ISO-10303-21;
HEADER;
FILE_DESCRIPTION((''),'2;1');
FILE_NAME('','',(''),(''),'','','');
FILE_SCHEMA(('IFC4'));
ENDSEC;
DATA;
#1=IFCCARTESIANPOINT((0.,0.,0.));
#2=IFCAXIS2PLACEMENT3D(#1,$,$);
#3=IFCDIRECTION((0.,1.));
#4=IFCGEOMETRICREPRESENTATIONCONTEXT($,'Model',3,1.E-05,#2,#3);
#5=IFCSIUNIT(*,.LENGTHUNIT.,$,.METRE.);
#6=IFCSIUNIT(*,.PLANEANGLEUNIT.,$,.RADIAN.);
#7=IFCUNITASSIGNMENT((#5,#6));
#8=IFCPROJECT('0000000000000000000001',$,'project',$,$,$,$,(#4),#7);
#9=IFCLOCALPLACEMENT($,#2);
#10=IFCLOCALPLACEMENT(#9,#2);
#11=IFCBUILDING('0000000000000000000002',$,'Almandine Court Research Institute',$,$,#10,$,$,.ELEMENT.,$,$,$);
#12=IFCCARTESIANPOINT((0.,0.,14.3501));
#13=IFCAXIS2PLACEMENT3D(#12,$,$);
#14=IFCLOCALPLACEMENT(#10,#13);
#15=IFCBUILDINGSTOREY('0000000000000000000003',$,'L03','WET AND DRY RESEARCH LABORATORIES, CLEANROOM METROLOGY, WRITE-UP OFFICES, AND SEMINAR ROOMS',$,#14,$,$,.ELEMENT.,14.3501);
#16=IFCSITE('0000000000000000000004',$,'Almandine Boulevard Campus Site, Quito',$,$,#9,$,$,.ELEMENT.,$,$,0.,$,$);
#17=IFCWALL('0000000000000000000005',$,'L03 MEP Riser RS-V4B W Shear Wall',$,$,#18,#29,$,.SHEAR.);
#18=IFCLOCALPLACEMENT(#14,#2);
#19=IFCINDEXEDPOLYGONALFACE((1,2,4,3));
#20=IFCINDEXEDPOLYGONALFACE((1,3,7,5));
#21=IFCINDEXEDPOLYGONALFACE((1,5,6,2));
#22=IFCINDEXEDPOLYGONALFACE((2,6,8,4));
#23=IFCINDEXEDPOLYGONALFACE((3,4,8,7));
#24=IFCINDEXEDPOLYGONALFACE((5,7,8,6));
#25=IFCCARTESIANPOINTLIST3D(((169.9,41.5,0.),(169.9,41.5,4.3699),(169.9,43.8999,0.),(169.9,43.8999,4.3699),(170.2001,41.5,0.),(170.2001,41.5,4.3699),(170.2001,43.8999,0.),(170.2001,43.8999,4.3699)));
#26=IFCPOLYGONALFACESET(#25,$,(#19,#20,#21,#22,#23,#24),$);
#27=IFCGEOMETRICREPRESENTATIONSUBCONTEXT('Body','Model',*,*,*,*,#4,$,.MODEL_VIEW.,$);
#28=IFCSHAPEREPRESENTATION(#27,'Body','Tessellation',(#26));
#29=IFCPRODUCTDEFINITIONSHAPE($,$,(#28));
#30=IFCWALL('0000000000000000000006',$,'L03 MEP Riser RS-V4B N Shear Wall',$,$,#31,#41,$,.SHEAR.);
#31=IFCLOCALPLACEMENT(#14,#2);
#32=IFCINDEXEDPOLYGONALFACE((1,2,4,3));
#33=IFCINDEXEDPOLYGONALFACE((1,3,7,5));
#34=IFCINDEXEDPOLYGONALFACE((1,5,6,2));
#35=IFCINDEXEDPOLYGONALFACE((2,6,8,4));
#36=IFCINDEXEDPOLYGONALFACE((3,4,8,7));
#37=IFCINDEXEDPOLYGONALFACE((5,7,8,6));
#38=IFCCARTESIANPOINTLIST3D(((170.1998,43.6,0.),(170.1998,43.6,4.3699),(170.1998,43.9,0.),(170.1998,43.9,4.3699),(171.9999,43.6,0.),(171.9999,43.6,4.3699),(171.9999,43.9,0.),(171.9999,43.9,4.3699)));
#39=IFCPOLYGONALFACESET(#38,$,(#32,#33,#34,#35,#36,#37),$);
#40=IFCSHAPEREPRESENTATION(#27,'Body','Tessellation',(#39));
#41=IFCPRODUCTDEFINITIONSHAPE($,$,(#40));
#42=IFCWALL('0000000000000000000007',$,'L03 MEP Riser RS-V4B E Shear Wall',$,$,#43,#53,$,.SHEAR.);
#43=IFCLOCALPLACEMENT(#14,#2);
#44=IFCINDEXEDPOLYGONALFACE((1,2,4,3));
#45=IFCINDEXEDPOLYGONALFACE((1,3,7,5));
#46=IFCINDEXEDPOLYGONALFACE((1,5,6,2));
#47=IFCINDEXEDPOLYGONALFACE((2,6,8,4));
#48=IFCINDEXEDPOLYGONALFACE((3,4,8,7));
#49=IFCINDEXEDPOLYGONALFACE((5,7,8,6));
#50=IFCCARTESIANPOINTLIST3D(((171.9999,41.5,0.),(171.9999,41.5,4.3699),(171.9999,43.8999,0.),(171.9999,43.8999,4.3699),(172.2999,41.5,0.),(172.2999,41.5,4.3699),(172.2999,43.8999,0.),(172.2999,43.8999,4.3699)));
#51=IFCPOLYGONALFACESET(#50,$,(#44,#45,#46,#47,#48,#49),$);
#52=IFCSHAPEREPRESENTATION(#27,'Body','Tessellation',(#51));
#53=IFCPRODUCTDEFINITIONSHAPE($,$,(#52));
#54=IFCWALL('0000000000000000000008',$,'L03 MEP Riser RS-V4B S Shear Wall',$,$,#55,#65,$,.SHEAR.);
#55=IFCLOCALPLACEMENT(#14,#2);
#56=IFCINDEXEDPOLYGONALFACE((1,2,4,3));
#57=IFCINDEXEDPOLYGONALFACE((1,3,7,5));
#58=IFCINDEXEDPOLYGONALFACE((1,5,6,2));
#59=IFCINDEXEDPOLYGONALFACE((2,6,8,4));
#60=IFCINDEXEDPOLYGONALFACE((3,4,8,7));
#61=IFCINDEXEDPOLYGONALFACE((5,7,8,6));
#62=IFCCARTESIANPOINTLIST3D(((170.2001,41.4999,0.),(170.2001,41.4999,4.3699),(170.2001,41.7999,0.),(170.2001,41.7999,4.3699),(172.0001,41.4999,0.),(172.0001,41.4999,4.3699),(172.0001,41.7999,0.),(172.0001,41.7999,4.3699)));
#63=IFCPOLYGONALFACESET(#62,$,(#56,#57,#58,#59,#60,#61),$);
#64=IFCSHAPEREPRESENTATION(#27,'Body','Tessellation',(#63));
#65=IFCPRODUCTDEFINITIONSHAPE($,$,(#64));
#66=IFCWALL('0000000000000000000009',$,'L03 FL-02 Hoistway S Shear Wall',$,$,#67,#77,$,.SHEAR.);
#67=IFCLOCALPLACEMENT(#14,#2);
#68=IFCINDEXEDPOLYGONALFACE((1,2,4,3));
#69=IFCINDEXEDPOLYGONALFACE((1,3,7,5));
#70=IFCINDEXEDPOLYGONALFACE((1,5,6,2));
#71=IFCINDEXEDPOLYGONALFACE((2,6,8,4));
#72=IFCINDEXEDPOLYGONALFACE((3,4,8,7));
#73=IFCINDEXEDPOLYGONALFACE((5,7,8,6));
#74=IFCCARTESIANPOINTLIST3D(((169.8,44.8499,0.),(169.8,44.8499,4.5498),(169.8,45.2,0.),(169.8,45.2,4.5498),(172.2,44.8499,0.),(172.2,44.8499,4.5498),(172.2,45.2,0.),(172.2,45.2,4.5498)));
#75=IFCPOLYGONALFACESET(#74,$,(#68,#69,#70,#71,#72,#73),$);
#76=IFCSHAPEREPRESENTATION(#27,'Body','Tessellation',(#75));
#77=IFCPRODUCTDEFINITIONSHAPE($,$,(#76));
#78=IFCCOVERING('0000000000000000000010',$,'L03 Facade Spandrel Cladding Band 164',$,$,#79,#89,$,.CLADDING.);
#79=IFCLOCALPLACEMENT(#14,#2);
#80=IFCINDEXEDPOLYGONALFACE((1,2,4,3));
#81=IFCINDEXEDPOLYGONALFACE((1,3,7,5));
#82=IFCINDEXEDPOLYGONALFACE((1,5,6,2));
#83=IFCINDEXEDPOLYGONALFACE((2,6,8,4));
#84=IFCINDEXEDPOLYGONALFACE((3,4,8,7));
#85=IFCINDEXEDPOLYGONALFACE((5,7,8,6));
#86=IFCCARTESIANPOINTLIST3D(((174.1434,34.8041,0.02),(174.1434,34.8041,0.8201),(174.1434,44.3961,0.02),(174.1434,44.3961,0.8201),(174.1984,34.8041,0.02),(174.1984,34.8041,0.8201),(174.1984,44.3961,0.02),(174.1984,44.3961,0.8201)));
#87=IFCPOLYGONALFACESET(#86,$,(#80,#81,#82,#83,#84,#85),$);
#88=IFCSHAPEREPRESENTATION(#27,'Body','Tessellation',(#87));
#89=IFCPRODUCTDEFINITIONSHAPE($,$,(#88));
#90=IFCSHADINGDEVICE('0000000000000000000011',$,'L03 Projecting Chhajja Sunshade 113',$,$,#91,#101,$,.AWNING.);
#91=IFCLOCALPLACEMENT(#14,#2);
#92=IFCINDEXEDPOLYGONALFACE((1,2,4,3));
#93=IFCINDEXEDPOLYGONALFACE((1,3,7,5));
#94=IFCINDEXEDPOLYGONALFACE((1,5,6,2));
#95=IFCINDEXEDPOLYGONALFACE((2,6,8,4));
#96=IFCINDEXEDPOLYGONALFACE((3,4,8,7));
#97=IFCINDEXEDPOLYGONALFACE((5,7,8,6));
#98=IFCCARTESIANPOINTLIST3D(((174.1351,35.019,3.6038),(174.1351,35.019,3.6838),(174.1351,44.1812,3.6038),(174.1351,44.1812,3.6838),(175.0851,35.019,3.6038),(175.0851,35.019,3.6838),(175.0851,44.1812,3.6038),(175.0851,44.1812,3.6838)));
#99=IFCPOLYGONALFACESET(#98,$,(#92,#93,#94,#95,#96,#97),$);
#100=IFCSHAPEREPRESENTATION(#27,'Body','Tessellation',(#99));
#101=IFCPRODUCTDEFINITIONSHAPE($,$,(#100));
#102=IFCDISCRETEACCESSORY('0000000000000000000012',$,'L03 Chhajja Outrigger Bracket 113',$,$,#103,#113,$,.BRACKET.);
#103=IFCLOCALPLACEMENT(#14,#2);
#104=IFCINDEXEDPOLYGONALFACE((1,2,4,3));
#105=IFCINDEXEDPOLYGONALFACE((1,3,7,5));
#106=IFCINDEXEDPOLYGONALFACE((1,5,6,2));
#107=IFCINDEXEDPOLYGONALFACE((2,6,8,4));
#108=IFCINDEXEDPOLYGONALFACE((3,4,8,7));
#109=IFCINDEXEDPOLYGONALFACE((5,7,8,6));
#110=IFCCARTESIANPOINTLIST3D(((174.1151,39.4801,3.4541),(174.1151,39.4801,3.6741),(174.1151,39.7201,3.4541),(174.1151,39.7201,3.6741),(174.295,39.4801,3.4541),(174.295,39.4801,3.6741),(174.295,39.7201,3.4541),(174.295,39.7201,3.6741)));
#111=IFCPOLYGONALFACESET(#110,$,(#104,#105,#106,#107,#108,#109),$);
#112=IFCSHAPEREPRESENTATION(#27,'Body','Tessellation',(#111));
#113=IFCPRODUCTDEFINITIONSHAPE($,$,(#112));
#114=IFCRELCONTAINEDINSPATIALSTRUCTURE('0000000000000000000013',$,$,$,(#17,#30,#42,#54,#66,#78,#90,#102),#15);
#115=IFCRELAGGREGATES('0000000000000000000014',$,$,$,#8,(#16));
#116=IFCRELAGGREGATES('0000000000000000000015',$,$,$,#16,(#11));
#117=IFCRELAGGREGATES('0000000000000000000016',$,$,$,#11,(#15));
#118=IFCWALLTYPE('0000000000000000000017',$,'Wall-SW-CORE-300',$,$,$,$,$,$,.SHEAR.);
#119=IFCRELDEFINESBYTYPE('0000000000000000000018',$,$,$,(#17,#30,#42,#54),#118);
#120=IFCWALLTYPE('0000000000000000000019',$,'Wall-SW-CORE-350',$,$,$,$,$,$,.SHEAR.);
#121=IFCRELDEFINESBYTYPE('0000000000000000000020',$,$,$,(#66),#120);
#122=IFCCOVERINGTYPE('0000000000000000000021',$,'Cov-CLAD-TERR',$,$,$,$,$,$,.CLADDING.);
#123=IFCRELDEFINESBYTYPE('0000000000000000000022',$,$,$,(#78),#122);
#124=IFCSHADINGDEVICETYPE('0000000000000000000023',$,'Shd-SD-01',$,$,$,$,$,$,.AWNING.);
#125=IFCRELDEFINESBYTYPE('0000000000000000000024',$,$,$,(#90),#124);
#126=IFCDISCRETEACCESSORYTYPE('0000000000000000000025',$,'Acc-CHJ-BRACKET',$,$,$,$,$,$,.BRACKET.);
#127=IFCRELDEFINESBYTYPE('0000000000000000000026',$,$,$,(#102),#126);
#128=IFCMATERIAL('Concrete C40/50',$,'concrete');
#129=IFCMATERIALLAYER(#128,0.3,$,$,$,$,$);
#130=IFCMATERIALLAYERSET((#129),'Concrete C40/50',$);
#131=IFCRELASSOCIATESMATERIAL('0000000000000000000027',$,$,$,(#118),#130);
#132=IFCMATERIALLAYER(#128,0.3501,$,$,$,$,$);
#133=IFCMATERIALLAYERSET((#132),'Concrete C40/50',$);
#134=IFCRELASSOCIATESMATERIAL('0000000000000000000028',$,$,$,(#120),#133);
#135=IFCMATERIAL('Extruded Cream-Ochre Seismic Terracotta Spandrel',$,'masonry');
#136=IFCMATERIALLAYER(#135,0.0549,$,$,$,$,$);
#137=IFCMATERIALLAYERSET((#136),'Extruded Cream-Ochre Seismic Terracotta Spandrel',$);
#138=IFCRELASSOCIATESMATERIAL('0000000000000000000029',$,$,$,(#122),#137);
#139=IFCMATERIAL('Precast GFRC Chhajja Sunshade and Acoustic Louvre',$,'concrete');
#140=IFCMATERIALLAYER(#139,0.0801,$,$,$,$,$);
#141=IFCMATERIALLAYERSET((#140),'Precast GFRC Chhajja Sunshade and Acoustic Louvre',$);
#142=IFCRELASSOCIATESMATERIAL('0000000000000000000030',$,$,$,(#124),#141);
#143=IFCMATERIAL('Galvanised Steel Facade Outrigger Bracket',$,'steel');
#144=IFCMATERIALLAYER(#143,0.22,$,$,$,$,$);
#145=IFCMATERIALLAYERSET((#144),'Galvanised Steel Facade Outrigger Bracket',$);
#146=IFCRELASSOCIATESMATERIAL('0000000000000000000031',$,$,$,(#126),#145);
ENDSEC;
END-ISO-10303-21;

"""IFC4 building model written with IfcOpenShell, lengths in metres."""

from ifc_helpers import new_model, si_unit, direction, frame, frame_2d, origin, origin_2d, place, context, subcontext, project, spatial, rectangle, extrude, material, layer, layer_set, type_object, element, save


model = new_model("IFC4")

# Units and contexts
model_context = context("Model", 3, precision=1e-05, world=origin(), true_north=direction((0.0, 1.0)))
body_context = subcontext(model_context, "Body", "Model", "MODEL_VIEW")
ifc_project = project(units=[si_unit("LENGTHUNIT", "METRE"), si_unit("PLANEANGLEUNIT", "RADIAN")], contexts=[model_context])

# Site, building, storey
site_placement = place(None, origin())
site = spatial("IfcSite", under=ifc_project, at=site_placement, Name="Almandine Boulevard Campus Site, Quito", CompositionType="ELEMENT", RefElevation=0.0)
building_placement = place(site_placement, origin())
building = spatial("IfcBuilding", under=site, at=building_placement, Name="Almandine Court Research Institute", CompositionType="ELEMENT")
storey_placement = place(building_placement, frame((0.0, 0.0, 14.3501)))
storey = spatial("IfcBuildingStorey", under=building, at=storey_placement, Name="L03", Description="WET AND DRY RESEARCH LABORATORIES, CLEANROOM METROLOGY, WRITE-UP OFFICES, AND SEMINAR ROOMS", CompositionType="ELEMENT", Elevation=14.3501)

# Walls
ifc_material_1 = material(Name="Concrete C40/50", Category="concrete")
ifc_layer_1 = layer(ifc_material_1, 0.3)
ifc_layer_set_1 = layer_set([ifc_layer_1], Name="Concrete C40/50")
wall_type_1 = type_object("IfcWallType", Name="Wall-SW-CORE-300", PredefinedType="SHEAR", material=ifc_layer_set_1)
wall_1_placement = place(storey_placement, frame((170.05, 41.5, 0.0), z_axis=(0.0, 0.0, 1.0), x_axis=(0.0, 1.0, 0.0)))
element("IfcWall", 1, at=wall_1_placement, inside=storey, type_object=wall_type_1, Name="L03 MEP Riser RS-V4B W Shear Wall", PredefinedType="SHEAR", context=body_context, shape_type="SweptSolid", body=[
    extrude(rectangle(XDim=2.3999, YDim=0.3, at=frame_2d((1.2, 0.0))), origin(), (0.0, 0.0, 1.0), 4.3699),
])
wall_2_placement = place(storey_placement, frame((170.2, 43.75, 0.0), z_axis=(0.0, 0.0, 1.0), x_axis=(1.0, 0.0, 0.0)))
element("IfcWall", 2, at=wall_2_placement, inside=storey, type_object=wall_type_1, Name="L03 MEP Riser RS-V4B N Shear Wall", PredefinedType="SHEAR", context=body_context, shape_type="SweptSolid", body=[
    extrude(rectangle(XDim=1.8, YDim=0.3, at=frame_2d((0.8999, 0.0))), origin(), (0.0, 0.0, 1.0), 4.3699),
])
wall_3_placement = place(storey_placement, frame((172.1499, 43.8999, 0.0), z_axis=(0.0, 0.0, 1.0), x_axis=(0.0, -1.0, 0.0)))
element("IfcWall", 3, at=wall_3_placement, inside=storey, type_object=wall_type_1, Name="L03 MEP Riser RS-V4B E Shear Wall", PredefinedType="SHEAR", context=body_context, shape_type="SweptSolid", body=[
    extrude(rectangle(XDim=2.3999, YDim=0.3, at=frame_2d((1.2, 0.0))), origin(), (0.0, 0.0, 1.0), 4.3699),
])
wall_4_placement = place(storey_placement, frame((172.0, 41.6499, 0.0), z_axis=(0.0, 0.0, 1.0), x_axis=(-1.0, 0.0, 0.0)))
element("IfcWall", 4, at=wall_4_placement, inside=storey, type_object=wall_type_1, Name="L03 MEP Riser RS-V4B S Shear Wall", PredefinedType="SHEAR", context=body_context, shape_type="SweptSolid", body=[
    extrude(rectangle(XDim=1.8, YDim=0.3, at=frame_2d((0.8999, 0.0))), origin(), (0.0, 0.0, 1.0), 4.3699),
])

# Shared definitions
ifc_layer_2 = layer(ifc_material_1, 0.3501)
ifc_layer_set_2 = layer_set([ifc_layer_2], Name="Concrete C40/50")
wall_type_2 = type_object("IfcWallType", Name="Wall-SW-CORE-350", PredefinedType="SHEAR", material=ifc_layer_set_2)

# Wall
wall_5_placement = place(storey_placement, frame((172.2, 45.0249, 0.0), z_axis=(0.0, 0.0, 1.0), x_axis=(-1.0, 0.0, 0.0)))
element("IfcWall", 5, at=wall_5_placement, inside=storey, type_object=wall_type_2, Name="L03 FL-02 Hoistway S Shear Wall", PredefinedType="SHEAR", context=body_context, shape_type="SweptSolid", body=[
    extrude(rectangle(XDim=2.3999, YDim=0.3501, at=frame_2d((1.2, 0.0))), origin(), (0.0, 0.0, 1.0), 4.5498),
])

# Covering
ifc_material_2 = material(Name="Extruded Cream-Ochre Seismic Terracotta Spandrel", Category="masonry")
ifc_layer_3 = layer(ifc_material_2, 0.0549)
ifc_layer_set_3 = layer_set([ifc_layer_3], Name="Extruded Cream-Ochre Seismic Terracotta Spandrel")
covering_type = type_object("IfcCoveringType", Name="Cov-CLAD-TERR", PredefinedType="CLADDING", material=ifc_layer_set_3)
covering_placement = place(storey_placement, frame((174.1709, 39.6001, 0.02), z_axis=(0.0, 0.0, 1.0), x_axis=(0.0, -1.0, 0.0)))
element("IfcCovering", 6, at=covering_placement, inside=storey, type_object=covering_type, Name="L03 Facade Spandrel Cladding Band 164", PredefinedType="CLADDING", context=body_context, shape_type="SweptSolid", body=[
    extrude(rectangle(XDim=9.592, YDim=0.0549, at=origin_2d()), origin(), (0.0, 0.0, 1.0), 0.8),
])

# Shading device
ifc_material_3 = material(Name="Precast GFRC Chhajja Sunshade and Acoustic Louvre", Category="concrete")
ifc_layer_4 = layer(ifc_material_3, 0.0801)
ifc_layer_set_4 = layer_set([ifc_layer_4], Name="Precast GFRC Chhajja Sunshade and Acoustic Louvre")
shading_device_type = type_object("IfcShadingDeviceType", Name="Shd-SD-01", PredefinedType="AWNING", material=ifc_layer_set_4)
shading_device_placement = place(storey_placement, frame((174.6101, 39.6001, 3.6038), z_axis=(0.0, 0.0, 1.0), x_axis=(0.0, -1.0, 0.0)))
element("IfcShadingDevice", 7, at=shading_device_placement, inside=storey, type_object=shading_device_type, Name="L03 Projecting Chhajja Sunshade 113", PredefinedType="AWNING", context=body_context, shape_type="SweptSolid", body=[
    extrude(rectangle(XDim=9.1621, YDim=0.95, at=origin_2d()), origin(), (0.0, 0.0, 1.0), 0.0801),
])

# Discrete accessory
ifc_material_4 = material(Name="Galvanised Steel Facade Outrigger Bracket", Category="steel")
ifc_layer_5 = layer(ifc_material_4, 0.22)
ifc_layer_set_5 = layer_set([ifc_layer_5], Name="Galvanised Steel Facade Outrigger Bracket")
discrete_accessory_type = type_object("IfcDiscreteAccessoryType", Name="Acc-CHJ-BRACKET", PredefinedType="BRACKET", material=ifc_layer_set_5)
discrete_accessory_placement = place(storey_placement, frame((174.2051, 39.6001, 3.4541), z_axis=(0.0, 0.0, 1.0), x_axis=(0.0, -1.0, 0.0)))
element("IfcDiscreteAccessory", 8, at=discrete_accessory_placement, inside=storey, type_object=discrete_accessory_type, Name="L03 Chhajja Outrigger Bracket 113", PredefinedType="BRACKET", context=body_context, shape_type="SweptSolid", body=[
    extrude(rectangle(XDim=0.24, YDim=0.1799, at=origin_2d()), origin(), (0.0, 0.0, 1.0), 0.22),
])

save(model, "model.ifc")
